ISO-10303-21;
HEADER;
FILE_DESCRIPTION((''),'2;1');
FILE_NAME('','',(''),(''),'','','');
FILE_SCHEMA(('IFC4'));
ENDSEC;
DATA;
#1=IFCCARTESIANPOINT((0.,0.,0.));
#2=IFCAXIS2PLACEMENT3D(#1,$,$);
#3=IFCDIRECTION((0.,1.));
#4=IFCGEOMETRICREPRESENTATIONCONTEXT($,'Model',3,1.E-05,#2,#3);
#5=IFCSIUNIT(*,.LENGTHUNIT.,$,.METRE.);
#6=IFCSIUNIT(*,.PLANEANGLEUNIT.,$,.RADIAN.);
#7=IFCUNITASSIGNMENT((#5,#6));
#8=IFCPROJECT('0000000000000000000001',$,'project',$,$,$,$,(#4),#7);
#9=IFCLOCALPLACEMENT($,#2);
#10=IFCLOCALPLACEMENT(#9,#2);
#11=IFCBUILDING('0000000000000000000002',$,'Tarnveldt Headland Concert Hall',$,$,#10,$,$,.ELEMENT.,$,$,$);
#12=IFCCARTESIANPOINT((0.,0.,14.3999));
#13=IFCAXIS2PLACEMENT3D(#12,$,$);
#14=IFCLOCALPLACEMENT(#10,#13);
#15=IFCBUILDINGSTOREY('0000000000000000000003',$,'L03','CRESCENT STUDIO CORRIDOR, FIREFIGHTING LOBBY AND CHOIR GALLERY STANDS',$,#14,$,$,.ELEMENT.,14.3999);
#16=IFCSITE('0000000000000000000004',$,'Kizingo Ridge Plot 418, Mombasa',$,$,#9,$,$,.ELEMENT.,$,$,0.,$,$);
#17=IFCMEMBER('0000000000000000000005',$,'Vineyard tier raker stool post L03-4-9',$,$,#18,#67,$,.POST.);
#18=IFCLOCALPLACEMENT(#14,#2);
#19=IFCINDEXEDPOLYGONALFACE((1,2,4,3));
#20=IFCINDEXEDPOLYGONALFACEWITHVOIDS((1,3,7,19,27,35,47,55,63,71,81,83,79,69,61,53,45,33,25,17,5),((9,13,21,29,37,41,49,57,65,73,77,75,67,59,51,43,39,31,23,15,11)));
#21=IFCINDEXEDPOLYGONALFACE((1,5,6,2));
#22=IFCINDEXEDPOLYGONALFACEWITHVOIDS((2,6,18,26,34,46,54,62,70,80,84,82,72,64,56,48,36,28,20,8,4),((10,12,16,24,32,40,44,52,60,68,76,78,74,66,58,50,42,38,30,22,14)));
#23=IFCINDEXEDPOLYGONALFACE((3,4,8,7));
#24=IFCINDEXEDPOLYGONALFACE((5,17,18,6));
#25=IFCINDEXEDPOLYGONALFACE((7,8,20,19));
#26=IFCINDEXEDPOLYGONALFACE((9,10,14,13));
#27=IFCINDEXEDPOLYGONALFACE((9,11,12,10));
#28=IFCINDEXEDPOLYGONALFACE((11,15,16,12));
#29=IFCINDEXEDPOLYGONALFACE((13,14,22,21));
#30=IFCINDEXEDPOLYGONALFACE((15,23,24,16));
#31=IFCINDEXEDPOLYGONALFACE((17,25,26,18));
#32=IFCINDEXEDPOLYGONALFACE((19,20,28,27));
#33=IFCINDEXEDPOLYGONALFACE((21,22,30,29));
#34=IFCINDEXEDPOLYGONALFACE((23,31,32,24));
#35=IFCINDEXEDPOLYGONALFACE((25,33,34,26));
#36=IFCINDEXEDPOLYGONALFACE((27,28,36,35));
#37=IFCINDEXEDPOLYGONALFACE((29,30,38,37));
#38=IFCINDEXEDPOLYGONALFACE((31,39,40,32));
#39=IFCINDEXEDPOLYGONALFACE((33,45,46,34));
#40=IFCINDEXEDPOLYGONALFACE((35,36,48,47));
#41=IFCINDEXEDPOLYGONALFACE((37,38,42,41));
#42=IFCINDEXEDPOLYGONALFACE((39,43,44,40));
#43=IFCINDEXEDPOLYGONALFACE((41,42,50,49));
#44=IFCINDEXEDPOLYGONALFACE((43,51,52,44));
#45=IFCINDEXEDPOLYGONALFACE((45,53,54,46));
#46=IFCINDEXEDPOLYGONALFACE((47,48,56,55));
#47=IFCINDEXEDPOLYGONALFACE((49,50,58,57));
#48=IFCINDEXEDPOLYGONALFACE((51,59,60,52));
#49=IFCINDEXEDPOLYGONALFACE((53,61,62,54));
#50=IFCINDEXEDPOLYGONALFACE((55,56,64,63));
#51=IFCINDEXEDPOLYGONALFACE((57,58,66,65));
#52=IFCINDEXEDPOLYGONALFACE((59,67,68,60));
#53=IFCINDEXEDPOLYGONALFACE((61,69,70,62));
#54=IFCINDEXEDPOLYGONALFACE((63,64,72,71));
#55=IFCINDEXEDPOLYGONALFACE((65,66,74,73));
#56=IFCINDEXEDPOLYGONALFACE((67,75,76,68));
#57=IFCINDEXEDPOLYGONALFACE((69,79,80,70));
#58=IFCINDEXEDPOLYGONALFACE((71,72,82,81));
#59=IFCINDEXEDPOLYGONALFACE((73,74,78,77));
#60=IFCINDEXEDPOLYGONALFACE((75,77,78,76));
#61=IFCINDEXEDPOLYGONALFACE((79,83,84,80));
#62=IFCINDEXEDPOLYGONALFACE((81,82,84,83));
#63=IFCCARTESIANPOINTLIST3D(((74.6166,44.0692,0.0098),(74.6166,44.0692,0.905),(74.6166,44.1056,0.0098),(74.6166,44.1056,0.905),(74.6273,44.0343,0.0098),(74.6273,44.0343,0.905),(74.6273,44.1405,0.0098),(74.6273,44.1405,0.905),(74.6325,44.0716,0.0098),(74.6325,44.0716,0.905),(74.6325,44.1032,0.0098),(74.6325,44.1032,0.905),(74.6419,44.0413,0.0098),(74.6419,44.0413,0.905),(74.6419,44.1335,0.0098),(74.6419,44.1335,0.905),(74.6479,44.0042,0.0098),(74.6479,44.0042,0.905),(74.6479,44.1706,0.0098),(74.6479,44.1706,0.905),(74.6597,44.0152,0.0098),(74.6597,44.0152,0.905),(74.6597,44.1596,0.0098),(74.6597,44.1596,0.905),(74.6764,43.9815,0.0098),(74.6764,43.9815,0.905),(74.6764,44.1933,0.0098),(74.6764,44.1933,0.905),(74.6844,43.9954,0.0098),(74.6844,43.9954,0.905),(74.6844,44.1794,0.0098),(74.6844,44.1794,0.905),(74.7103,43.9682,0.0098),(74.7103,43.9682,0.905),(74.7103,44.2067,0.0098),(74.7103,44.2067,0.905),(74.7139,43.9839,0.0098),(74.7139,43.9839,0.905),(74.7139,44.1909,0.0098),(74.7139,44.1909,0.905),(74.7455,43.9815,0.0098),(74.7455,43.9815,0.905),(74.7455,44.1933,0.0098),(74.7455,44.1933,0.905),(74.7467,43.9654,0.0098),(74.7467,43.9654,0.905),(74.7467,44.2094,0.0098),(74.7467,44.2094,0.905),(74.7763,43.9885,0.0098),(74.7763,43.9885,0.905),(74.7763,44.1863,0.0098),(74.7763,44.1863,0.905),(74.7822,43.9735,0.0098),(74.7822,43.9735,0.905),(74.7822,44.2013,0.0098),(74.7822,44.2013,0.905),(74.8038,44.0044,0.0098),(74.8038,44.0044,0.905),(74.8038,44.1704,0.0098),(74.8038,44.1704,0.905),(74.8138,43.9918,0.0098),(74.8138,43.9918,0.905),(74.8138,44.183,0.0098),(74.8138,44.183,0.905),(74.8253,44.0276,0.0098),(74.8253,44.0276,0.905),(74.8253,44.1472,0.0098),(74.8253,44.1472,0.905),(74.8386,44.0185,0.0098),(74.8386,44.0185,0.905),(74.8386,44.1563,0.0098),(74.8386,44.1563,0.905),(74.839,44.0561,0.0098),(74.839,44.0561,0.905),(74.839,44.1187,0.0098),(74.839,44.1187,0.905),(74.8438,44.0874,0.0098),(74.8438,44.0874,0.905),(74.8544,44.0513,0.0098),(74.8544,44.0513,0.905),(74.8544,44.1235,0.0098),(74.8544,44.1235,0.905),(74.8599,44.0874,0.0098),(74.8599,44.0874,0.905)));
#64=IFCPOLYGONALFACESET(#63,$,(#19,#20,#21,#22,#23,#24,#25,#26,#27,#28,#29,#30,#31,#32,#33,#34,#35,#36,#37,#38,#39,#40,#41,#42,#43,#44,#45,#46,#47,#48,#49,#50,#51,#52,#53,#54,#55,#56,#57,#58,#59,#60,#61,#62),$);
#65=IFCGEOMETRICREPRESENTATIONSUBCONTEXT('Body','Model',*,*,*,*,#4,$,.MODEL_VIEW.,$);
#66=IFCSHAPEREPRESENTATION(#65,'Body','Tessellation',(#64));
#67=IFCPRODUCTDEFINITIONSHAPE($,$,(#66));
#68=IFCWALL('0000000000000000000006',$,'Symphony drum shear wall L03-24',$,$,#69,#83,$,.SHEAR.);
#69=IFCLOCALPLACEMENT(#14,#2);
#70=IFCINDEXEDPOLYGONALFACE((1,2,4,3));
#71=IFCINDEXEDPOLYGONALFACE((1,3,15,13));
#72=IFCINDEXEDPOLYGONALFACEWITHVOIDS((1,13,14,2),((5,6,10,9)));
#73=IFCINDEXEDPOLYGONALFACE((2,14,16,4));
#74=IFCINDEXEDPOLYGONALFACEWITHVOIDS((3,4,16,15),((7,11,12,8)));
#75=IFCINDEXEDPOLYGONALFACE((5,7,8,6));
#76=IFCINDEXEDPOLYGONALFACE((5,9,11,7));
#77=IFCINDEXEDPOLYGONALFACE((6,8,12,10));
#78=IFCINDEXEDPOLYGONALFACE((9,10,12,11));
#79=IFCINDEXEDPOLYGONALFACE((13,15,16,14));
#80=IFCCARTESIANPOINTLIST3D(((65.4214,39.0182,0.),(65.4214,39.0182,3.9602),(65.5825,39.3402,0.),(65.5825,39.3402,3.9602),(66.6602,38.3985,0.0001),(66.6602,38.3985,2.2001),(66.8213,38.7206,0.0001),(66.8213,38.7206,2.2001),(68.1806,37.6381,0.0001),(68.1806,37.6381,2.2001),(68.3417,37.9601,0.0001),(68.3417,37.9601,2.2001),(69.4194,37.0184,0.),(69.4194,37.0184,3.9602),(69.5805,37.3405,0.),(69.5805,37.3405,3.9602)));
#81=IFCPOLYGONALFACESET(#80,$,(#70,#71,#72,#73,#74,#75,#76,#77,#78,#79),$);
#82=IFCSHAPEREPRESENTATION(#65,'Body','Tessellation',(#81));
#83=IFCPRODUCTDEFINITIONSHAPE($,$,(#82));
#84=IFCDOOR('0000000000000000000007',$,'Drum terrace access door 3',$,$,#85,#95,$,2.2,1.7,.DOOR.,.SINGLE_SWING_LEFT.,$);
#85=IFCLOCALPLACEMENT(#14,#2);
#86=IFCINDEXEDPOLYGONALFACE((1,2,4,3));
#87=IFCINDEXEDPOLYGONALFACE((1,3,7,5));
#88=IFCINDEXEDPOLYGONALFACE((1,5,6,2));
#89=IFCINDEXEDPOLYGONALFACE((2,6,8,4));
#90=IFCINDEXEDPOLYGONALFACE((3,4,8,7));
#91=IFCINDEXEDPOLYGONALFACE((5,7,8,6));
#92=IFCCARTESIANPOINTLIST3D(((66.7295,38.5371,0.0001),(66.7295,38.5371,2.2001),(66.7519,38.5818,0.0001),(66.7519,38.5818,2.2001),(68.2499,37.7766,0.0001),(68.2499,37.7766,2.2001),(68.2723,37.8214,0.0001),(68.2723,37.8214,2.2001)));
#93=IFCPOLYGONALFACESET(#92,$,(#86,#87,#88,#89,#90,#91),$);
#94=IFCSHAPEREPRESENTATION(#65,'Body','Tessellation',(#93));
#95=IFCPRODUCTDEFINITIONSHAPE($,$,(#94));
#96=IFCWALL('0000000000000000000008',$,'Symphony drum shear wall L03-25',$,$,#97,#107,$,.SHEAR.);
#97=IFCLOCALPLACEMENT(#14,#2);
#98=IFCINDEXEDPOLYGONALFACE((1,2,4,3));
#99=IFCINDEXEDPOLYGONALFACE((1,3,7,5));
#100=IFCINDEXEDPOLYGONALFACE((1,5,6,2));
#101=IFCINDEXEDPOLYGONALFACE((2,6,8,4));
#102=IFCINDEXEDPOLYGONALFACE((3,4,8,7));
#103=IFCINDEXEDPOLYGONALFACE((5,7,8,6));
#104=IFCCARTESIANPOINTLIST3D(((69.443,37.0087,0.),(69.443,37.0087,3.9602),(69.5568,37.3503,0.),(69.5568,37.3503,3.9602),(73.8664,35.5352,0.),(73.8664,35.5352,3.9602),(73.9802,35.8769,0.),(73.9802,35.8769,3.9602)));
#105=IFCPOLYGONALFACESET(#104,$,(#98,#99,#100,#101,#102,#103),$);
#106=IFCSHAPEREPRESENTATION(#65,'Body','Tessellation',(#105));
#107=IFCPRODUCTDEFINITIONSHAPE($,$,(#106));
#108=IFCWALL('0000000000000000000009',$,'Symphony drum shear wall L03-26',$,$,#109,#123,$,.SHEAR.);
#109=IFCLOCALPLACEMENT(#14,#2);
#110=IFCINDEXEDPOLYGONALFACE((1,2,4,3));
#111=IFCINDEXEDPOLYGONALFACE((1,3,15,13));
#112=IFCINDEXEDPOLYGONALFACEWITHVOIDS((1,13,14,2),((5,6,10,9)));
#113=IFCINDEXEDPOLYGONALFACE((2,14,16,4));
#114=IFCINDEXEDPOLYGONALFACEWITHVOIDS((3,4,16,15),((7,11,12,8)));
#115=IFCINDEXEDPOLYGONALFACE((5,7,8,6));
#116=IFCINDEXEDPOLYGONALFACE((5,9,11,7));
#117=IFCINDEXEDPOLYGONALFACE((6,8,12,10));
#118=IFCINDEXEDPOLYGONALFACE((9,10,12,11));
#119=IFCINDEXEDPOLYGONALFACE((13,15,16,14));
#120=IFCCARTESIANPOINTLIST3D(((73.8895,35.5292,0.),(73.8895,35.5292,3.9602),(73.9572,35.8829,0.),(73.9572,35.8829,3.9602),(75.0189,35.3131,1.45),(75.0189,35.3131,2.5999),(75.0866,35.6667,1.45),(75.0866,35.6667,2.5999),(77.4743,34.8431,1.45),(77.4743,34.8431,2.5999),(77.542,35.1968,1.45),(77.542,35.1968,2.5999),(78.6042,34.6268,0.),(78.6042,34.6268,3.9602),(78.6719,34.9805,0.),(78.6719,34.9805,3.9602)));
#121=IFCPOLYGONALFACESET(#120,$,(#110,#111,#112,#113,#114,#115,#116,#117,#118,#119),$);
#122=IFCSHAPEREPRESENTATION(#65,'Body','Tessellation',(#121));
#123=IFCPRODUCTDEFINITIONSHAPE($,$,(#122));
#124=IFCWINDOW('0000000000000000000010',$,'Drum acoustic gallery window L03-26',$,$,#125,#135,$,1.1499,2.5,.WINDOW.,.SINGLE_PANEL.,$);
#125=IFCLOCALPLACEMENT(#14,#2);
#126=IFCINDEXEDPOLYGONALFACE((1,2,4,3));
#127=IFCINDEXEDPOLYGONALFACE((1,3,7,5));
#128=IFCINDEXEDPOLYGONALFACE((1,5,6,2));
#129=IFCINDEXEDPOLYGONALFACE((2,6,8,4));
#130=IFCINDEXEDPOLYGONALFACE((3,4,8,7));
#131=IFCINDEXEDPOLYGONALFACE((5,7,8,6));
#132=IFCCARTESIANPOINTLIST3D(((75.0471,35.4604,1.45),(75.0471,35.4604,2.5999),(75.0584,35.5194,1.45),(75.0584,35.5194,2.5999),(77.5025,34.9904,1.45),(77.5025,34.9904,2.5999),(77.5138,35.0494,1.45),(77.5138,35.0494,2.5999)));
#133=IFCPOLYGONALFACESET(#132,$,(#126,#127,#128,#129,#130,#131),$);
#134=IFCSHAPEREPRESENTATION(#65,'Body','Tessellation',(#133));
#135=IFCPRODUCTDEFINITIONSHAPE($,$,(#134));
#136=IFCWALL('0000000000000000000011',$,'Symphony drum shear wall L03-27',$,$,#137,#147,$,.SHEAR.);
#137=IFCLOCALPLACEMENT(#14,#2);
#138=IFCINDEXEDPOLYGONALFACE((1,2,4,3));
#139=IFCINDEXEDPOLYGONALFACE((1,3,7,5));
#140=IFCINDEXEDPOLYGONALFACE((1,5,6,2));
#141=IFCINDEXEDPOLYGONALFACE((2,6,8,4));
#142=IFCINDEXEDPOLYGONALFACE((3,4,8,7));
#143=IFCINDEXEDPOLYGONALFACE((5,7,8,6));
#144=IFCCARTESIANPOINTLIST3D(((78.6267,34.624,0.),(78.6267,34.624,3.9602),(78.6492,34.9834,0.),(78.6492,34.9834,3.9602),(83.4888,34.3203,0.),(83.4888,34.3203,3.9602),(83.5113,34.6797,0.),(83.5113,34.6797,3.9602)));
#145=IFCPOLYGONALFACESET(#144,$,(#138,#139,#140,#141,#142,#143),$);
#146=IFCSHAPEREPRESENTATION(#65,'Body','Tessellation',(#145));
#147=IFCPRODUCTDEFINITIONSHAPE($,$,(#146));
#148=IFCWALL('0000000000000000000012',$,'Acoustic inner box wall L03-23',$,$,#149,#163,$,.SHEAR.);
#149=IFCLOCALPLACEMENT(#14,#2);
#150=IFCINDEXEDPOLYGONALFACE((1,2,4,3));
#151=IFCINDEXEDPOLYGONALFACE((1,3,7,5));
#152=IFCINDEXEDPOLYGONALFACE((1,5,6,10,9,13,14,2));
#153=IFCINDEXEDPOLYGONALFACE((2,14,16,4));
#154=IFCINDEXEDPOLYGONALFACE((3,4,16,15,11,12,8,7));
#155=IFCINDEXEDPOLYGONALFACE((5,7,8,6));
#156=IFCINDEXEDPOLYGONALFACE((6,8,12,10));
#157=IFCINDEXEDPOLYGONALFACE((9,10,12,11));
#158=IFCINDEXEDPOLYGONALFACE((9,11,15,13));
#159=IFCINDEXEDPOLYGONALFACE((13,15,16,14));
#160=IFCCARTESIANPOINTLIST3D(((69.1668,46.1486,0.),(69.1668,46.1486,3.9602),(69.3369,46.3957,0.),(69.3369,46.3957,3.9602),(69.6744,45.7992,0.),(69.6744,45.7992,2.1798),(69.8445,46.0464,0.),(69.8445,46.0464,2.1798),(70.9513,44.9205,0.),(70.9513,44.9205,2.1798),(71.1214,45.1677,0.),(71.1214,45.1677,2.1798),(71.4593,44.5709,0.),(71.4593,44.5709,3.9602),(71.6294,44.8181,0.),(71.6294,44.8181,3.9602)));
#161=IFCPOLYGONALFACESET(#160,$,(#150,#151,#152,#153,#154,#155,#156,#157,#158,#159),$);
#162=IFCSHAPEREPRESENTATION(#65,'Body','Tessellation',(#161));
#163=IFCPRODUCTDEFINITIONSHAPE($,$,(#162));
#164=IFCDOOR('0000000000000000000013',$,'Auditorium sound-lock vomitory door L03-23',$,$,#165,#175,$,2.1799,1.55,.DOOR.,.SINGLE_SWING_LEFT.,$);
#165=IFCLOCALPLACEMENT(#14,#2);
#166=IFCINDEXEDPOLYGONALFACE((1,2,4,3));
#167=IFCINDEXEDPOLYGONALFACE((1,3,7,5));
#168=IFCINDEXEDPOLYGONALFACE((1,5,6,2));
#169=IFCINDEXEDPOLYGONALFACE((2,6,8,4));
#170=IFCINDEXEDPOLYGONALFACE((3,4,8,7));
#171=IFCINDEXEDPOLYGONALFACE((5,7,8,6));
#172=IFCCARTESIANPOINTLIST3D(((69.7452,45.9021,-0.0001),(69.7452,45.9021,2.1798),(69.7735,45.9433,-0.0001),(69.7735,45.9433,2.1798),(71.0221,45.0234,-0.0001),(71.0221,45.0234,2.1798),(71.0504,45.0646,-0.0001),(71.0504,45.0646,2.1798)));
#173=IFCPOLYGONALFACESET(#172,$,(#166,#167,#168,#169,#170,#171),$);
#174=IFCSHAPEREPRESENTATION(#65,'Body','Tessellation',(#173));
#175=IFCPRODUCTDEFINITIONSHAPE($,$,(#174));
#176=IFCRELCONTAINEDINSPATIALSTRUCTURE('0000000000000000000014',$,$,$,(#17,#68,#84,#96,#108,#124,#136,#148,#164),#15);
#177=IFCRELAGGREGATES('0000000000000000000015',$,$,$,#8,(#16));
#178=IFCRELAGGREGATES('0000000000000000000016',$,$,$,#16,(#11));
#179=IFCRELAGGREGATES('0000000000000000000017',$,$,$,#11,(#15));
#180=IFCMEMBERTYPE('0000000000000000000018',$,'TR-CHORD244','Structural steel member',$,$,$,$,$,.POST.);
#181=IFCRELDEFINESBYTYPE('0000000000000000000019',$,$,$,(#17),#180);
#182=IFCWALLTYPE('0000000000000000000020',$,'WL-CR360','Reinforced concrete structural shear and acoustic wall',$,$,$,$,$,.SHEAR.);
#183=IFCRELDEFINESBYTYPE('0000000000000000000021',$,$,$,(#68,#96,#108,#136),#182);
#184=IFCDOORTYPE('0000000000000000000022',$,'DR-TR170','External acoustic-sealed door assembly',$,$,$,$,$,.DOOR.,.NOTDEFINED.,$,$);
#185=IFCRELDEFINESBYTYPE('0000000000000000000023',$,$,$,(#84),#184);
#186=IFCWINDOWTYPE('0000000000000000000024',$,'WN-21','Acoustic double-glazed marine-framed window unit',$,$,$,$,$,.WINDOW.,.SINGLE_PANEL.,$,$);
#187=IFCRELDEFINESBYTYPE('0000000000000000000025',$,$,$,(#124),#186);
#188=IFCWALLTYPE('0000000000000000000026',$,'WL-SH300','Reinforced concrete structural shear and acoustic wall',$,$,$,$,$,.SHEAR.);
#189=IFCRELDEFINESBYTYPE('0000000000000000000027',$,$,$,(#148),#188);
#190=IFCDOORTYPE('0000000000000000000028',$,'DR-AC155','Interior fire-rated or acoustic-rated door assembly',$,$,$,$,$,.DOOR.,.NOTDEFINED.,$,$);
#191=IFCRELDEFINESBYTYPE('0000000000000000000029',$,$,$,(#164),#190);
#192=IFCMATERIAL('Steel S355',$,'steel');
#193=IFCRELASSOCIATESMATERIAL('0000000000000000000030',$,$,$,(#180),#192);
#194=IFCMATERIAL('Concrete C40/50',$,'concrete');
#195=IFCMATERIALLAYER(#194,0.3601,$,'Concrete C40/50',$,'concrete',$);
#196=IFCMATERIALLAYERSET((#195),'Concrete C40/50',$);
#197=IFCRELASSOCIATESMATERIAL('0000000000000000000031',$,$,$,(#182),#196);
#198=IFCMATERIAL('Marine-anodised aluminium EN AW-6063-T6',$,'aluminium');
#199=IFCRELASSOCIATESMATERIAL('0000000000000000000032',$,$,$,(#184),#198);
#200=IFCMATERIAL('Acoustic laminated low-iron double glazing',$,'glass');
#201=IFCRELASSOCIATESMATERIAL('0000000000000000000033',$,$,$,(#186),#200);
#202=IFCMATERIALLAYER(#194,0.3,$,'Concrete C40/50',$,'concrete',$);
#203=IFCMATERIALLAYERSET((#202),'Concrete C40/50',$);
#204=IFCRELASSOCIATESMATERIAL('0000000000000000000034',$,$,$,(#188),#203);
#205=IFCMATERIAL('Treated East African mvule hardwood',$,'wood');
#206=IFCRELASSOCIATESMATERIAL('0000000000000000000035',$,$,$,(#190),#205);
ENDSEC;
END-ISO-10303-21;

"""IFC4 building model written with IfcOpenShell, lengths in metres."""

from ifc_helpers import new_model, si_unit, direction, frame, frame_2d, origin, origin_2d, place, context, subcontext, project, spatial, rectangle, hollow_circle, extrude, material, layer, layer_set, material_profile, profile_set, type_object, element, fill, save


model = new_model("IFC4")

# Units and contexts
model_context = context("Model", 3, precision=1e-05, world=origin(), true_north=direction((0.0, 1.0)))
body_context = subcontext(model_context, "Body", "Model", "MODEL_VIEW")
ifc_project = project(units=[si_unit("LENGTHUNIT", "METRE"), si_unit("PLANEANGLEUNIT", "RADIAN")], contexts=[model_context])

# Site, building, storey
site_placement = place(None, origin())
site = spatial("IfcSite", under=ifc_project, at=site_placement, Name="Kizingo Ridge Plot 418, Mombasa", CompositionType="ELEMENT", RefElevation=0.0)
building_placement = place(site_placement, origin())
building = spatial("IfcBuilding", under=site, at=building_placement, Name="Tarnveldt Headland Concert Hall", CompositionType="ELEMENT")
storey_placement = place(building_placement, frame((0.0, 0.0, 14.3999)))
storey = spatial("IfcBuildingStorey", under=building, at=storey_placement, Name="L03", Description="CRESCENT STUDIO CORRIDOR, FIREFIGHTING LOBBY AND CHOIR GALLERY STANDS", CompositionType="ELEMENT", Elevation=14.3999)

# Shared definitions
ifc_material_1 = material(Name="Concrete C40/50", Category="concrete")

# Shared definitions
ifc_material_2 = material(Name="Steel S355", Category="steel")

# Member
ifc_material_profile_1 = material_profile(ifc_material_2, hollow_circle(Radius=0.1223, WallThickness=0.0161, at=origin_2d()), Name="CHS 244.5x16", Category="steel")
ifc_profile_set_1 = profile_set([ifc_material_profile_1], Name="Steel S355")
member_type = type_object("IfcMemberType", Name="TR-CHORD244", Description="Structural steel member", PredefinedType="POST", material=ifc_profile_set_1)
member_1_placement = place(storey_placement, frame((74.7375, 44.0874, 0.0098), z_axis=(0.0, 0.0, 1.0), x_axis=(1.0, 0.0, 0.0)))
element("IfcMember", 1, at=member_1_placement, inside=storey, type_object=member_type, Name="Vineyard tier raker stool post L03-4-9", PredefinedType="POST", context=body_context, shape_type="SweptSolid", body=[
    extrude(hollow_circle(Radius=0.1223, WallThickness=0.0161, at=origin_2d()), origin(), (0.0, 0.0, 1.0), 0.8953),
])

# Wall, opening, door
ifc_layer_1 = layer(ifc_material_1, 0.3601, Name="Concrete C40/50", Category="concrete")
ifc_layer_set_1 = layer_set([ifc_layer_1], Name="Concrete C40/50")
wall_type_1 = type_object("IfcWallType", Name="WL-CR360", Description="Reinforced concrete structural shear and acoustic wall", PredefinedType="SHEAR", material=ifc_layer_set_1)
wall_1_placement = place(storey_placement, frame((65.502, 39.1792, 0.0), z_axis=(0.0, 0.0, 1.0), x_axis=(0.894362, -0.447345, 0.0)))
wall_1 = element("IfcWall", 2, at=wall_1_placement, inside=storey, type_object=wall_type_1, Name="Symphony drum shear wall L03-24", PredefinedType="SHEAR", context=body_context, shape_type="SweptSolid", body=[
    extrude(rectangle(XDim=4.4702, YDim=0.3601, at=frame_2d((2.2351, 0.0))), origin(), (0.0, 0.0, 1.0), 3.9602),
])
opening_1_placement = place(wall_1_placement, frame((1.385, 0.0, 0.0)))
opening_1 = element("IfcOpeningElement", 3, at=opening_1_placement, cuts=wall_1, PredefinedType="OPENING", context=body_context, shape_type="SweptSolid", body=[
    extrude(rectangle(XDim=1.7, YDim=2.2, at=frame_2d((0.8501, 1.1001))), frame((0.0, 0.1899, 0.0), z_axis=(0.0, -1.0, 0.0), x_axis=(1.0, 0.0, 0.0)), (0.0, 0.0, 1.0), 0.3801),
])
ifc_material_3 = material(Name="Marine-anodised aluminium EN AW-6063-T6", Category="aluminium")
door_type_1 = type_object("IfcDoorType", Name="DR-TR170", Description="External acoustic-sealed door assembly", OperationType="NOTDEFINED", PredefinedType="DOOR", material=ifc_material_3)
door_1_placement = place(opening_1_placement, origin())
door_1 = element("IfcDoor", 4, at=door_1_placement, inside=storey, type_object=door_type_1, Name="Drum terrace access door 3", OperationType="SINGLE_SWING_LEFT", OverallHeight=2.2, OverallWidth=1.7, PredefinedType="DOOR", context=body_context, shape_type="SweptSolid", body=[
    extrude(rectangle(XDim=1.7, YDim=2.2, at=frame_2d((0.8501, 1.1001))), frame((0.0, 0.0249, 0.0), z_axis=(0.0, -1.0, 0.0), x_axis=(1.0, 0.0, 0.0)), (0.0, 0.0, 1.0), 0.05),
])
fill(opening_1, door_1)

# Wall
wall_2_placement = place(storey_placement, frame((69.5, 37.1794, 0.0), z_axis=(0.0, 0.0, 1.0), x_axis=(0.948751, -0.316024, 0.0)))
element("IfcWall", 5, at=wall_2_placement, inside=storey, type_object=wall_type_1, Name="Symphony drum shear wall L03-25", PredefinedType="SHEAR", context=body_context, shape_type="SweptSolid", body=[
    extrude(rectangle(XDim=4.6624, YDim=0.3601, at=frame_2d((2.3311, 0.0))), origin(), (0.0, 0.0, 1.0), 3.9602),
])

# Wall, opening, window
wall_3_placement = place(storey_placement, frame((73.9233, 35.7061, 0.0), z_axis=(0.0, 0.0, 1.0), x_axis=(0.982173, -0.187981, 0.0)))
wall_3 = element("IfcWall", 6, at=wall_3_placement, inside=storey, type_object=wall_type_1, Name="Symphony drum shear wall L03-26", PredefinedType="SHEAR", context=body_context, shape_type="SweptSolid", body=[
    extrude(rectangle(XDim=4.8003, YDim=0.3601, at=frame_2d((2.4001, 0.0))), origin(), (0.0, 0.0, 1.0), 3.9602),
])
opening_2_placement = place(wall_3_placement, frame((1.1499, 0.0, 1.45)))
opening_2 = element("IfcOpeningElement", 7, at=opening_2_placement, cuts=wall_3, PredefinedType="OPENING", context=body_context, shape_type="SweptSolid", body=[
    extrude(rectangle(XDim=2.5, YDim=1.1499, at=frame_2d((1.25, 0.575))), frame((0.0, 0.1899, 0.0), z_axis=(0.0, -1.0, 0.0), x_axis=(1.0, 0.0, 0.0)), (0.0, 0.0, 1.0), 0.3801),
])
ifc_material_4 = material(Name="Acoustic laminated low-iron double glazing", Category="glass")
window_type = type_object("IfcWindowType", Name="WN-21", Description="Acoustic double-glazed marine-framed window unit", PartitioningType="SINGLE_PANEL", PredefinedType="WINDOW", material=ifc_material_4)
window_placement = place(opening_2_placement, origin())
window = element("IfcWindow", 8, at=window_placement, inside=storey, type_object=window_type, Name="Drum acoustic gallery window L03-26", OverallHeight=1.1499, OverallWidth=2.5, PartitioningType="SINGLE_PANEL", PredefinedType="WINDOW", context=body_context, shape_type="SweptSolid", body=[
    extrude(rectangle(XDim=2.5, YDim=1.1499, at=frame_2d((1.25, 0.575))), frame((0.0, 0.03, 0.0), z_axis=(0.0, -1.0, 0.0), x_axis=(1.0, 0.0, 0.0)), (0.0, 0.0, 1.0), 0.0601),
])
fill(opening_2, window)

# Wall
wall_4_placement = place(storey_placement, frame((78.6379, 34.8037, 0.0), z_axis=(0.0, 0.0, 1.0), x_axis=(0.998055, -0.062344, 0.0)))
element("IfcWall", 9, at=wall_4_placement, inside=storey, type_object=wall_type_1, Name="Symphony drum shear wall L03-27", PredefinedType="SHEAR", context=body_context, shape_type="SweptSolid", body=[
    extrude(rectangle(XDim=4.8716, YDim=0.3601, at=frame_2d((2.4358, 0.0))), origin(), (0.0, 0.0, 1.0), 3.9602),
])

# Wall, opening, door
ifc_layer_2 = layer(ifc_material_1, 0.3, Name="Concrete C40/50", Category="concrete")
ifc_layer_set_2 = layer_set([ifc_layer_2], Name="Concrete C40/50")
wall_type_2 = type_object("IfcWallType", Name="WL-SH300", Description="Reinforced concrete structural shear and acoustic wall", PredefinedType="SHEAR", material=ifc_layer_set_2)
wall_5_placement = place(storey_placement, frame((69.2517, 46.2722, 0.0), z_axis=(0.0, 0.0, 1.0), x_axis=(0.823781, -0.566909, 0.0)))
wall_5 = element("IfcWall", 10, at=wall_5_placement, inside=storey, type_object=wall_type_2, Name="Acoustic inner box wall L03-23", PredefinedType="SHEAR", context=body_context, shape_type="SweptSolid", body=[
    extrude(rectangle(XDim=2.783, YDim=0.3, at=frame_2d((1.3916, 0.0))), origin(), (0.0, 0.0, 1.0), 3.9602),
])
opening_3_placement = place(wall_5_placement, frame((0.6165, 0.0, 0.0)))
opening_3 = element("IfcOpeningElement", 11, at=opening_3_placement, cuts=wall_5, PredefinedType="OPENING", context=body_context, shape_type="SweptSolid", body=[
    extrude(rectangle(XDim=1.55, YDim=2.1799, at=frame_2d((0.7749, 1.0898))), frame((0.0, 0.1599, 0.0), z_axis=(0.0, -1.0, 0.0), x_axis=(1.0, 0.0, 0.0)), (0.0, 0.0, 1.0), 0.3201),
])
ifc_material_5 = material(Name="Treated East African mvule hardwood", Category="wood")
door_type_2 = type_object("IfcDoorType", Name="DR-AC155", Description="Interior fire-rated or acoustic-rated door assembly", OperationType="NOTDEFINED", PredefinedType="DOOR", material=ifc_material_5)
door_2_placement = place(opening_3_placement, origin())
door_2 = element("IfcDoor", 12, at=door_2_placement, inside=storey, type_object=door_type_2, Name="Auditorium sound-lock vomitory door L03-23", OperationType="SINGLE_SWING_LEFT", OverallHeight=2.1799, OverallWidth=1.55, PredefinedType="DOOR", context=body_context, shape_type="SweptSolid", body=[
    extrude(rectangle(XDim=1.55, YDim=2.1799, at=frame_2d((0.7749, 1.0898))), frame((0.0, 0.0249, 0.0), z_axis=(0.0, -1.0, 0.0), x_axis=(1.0, 0.0, 0.0)), (0.0, 0.0, 1.0), 0.05),
])
fill(opening_3, door_2)

save(model, "model.ifc")
